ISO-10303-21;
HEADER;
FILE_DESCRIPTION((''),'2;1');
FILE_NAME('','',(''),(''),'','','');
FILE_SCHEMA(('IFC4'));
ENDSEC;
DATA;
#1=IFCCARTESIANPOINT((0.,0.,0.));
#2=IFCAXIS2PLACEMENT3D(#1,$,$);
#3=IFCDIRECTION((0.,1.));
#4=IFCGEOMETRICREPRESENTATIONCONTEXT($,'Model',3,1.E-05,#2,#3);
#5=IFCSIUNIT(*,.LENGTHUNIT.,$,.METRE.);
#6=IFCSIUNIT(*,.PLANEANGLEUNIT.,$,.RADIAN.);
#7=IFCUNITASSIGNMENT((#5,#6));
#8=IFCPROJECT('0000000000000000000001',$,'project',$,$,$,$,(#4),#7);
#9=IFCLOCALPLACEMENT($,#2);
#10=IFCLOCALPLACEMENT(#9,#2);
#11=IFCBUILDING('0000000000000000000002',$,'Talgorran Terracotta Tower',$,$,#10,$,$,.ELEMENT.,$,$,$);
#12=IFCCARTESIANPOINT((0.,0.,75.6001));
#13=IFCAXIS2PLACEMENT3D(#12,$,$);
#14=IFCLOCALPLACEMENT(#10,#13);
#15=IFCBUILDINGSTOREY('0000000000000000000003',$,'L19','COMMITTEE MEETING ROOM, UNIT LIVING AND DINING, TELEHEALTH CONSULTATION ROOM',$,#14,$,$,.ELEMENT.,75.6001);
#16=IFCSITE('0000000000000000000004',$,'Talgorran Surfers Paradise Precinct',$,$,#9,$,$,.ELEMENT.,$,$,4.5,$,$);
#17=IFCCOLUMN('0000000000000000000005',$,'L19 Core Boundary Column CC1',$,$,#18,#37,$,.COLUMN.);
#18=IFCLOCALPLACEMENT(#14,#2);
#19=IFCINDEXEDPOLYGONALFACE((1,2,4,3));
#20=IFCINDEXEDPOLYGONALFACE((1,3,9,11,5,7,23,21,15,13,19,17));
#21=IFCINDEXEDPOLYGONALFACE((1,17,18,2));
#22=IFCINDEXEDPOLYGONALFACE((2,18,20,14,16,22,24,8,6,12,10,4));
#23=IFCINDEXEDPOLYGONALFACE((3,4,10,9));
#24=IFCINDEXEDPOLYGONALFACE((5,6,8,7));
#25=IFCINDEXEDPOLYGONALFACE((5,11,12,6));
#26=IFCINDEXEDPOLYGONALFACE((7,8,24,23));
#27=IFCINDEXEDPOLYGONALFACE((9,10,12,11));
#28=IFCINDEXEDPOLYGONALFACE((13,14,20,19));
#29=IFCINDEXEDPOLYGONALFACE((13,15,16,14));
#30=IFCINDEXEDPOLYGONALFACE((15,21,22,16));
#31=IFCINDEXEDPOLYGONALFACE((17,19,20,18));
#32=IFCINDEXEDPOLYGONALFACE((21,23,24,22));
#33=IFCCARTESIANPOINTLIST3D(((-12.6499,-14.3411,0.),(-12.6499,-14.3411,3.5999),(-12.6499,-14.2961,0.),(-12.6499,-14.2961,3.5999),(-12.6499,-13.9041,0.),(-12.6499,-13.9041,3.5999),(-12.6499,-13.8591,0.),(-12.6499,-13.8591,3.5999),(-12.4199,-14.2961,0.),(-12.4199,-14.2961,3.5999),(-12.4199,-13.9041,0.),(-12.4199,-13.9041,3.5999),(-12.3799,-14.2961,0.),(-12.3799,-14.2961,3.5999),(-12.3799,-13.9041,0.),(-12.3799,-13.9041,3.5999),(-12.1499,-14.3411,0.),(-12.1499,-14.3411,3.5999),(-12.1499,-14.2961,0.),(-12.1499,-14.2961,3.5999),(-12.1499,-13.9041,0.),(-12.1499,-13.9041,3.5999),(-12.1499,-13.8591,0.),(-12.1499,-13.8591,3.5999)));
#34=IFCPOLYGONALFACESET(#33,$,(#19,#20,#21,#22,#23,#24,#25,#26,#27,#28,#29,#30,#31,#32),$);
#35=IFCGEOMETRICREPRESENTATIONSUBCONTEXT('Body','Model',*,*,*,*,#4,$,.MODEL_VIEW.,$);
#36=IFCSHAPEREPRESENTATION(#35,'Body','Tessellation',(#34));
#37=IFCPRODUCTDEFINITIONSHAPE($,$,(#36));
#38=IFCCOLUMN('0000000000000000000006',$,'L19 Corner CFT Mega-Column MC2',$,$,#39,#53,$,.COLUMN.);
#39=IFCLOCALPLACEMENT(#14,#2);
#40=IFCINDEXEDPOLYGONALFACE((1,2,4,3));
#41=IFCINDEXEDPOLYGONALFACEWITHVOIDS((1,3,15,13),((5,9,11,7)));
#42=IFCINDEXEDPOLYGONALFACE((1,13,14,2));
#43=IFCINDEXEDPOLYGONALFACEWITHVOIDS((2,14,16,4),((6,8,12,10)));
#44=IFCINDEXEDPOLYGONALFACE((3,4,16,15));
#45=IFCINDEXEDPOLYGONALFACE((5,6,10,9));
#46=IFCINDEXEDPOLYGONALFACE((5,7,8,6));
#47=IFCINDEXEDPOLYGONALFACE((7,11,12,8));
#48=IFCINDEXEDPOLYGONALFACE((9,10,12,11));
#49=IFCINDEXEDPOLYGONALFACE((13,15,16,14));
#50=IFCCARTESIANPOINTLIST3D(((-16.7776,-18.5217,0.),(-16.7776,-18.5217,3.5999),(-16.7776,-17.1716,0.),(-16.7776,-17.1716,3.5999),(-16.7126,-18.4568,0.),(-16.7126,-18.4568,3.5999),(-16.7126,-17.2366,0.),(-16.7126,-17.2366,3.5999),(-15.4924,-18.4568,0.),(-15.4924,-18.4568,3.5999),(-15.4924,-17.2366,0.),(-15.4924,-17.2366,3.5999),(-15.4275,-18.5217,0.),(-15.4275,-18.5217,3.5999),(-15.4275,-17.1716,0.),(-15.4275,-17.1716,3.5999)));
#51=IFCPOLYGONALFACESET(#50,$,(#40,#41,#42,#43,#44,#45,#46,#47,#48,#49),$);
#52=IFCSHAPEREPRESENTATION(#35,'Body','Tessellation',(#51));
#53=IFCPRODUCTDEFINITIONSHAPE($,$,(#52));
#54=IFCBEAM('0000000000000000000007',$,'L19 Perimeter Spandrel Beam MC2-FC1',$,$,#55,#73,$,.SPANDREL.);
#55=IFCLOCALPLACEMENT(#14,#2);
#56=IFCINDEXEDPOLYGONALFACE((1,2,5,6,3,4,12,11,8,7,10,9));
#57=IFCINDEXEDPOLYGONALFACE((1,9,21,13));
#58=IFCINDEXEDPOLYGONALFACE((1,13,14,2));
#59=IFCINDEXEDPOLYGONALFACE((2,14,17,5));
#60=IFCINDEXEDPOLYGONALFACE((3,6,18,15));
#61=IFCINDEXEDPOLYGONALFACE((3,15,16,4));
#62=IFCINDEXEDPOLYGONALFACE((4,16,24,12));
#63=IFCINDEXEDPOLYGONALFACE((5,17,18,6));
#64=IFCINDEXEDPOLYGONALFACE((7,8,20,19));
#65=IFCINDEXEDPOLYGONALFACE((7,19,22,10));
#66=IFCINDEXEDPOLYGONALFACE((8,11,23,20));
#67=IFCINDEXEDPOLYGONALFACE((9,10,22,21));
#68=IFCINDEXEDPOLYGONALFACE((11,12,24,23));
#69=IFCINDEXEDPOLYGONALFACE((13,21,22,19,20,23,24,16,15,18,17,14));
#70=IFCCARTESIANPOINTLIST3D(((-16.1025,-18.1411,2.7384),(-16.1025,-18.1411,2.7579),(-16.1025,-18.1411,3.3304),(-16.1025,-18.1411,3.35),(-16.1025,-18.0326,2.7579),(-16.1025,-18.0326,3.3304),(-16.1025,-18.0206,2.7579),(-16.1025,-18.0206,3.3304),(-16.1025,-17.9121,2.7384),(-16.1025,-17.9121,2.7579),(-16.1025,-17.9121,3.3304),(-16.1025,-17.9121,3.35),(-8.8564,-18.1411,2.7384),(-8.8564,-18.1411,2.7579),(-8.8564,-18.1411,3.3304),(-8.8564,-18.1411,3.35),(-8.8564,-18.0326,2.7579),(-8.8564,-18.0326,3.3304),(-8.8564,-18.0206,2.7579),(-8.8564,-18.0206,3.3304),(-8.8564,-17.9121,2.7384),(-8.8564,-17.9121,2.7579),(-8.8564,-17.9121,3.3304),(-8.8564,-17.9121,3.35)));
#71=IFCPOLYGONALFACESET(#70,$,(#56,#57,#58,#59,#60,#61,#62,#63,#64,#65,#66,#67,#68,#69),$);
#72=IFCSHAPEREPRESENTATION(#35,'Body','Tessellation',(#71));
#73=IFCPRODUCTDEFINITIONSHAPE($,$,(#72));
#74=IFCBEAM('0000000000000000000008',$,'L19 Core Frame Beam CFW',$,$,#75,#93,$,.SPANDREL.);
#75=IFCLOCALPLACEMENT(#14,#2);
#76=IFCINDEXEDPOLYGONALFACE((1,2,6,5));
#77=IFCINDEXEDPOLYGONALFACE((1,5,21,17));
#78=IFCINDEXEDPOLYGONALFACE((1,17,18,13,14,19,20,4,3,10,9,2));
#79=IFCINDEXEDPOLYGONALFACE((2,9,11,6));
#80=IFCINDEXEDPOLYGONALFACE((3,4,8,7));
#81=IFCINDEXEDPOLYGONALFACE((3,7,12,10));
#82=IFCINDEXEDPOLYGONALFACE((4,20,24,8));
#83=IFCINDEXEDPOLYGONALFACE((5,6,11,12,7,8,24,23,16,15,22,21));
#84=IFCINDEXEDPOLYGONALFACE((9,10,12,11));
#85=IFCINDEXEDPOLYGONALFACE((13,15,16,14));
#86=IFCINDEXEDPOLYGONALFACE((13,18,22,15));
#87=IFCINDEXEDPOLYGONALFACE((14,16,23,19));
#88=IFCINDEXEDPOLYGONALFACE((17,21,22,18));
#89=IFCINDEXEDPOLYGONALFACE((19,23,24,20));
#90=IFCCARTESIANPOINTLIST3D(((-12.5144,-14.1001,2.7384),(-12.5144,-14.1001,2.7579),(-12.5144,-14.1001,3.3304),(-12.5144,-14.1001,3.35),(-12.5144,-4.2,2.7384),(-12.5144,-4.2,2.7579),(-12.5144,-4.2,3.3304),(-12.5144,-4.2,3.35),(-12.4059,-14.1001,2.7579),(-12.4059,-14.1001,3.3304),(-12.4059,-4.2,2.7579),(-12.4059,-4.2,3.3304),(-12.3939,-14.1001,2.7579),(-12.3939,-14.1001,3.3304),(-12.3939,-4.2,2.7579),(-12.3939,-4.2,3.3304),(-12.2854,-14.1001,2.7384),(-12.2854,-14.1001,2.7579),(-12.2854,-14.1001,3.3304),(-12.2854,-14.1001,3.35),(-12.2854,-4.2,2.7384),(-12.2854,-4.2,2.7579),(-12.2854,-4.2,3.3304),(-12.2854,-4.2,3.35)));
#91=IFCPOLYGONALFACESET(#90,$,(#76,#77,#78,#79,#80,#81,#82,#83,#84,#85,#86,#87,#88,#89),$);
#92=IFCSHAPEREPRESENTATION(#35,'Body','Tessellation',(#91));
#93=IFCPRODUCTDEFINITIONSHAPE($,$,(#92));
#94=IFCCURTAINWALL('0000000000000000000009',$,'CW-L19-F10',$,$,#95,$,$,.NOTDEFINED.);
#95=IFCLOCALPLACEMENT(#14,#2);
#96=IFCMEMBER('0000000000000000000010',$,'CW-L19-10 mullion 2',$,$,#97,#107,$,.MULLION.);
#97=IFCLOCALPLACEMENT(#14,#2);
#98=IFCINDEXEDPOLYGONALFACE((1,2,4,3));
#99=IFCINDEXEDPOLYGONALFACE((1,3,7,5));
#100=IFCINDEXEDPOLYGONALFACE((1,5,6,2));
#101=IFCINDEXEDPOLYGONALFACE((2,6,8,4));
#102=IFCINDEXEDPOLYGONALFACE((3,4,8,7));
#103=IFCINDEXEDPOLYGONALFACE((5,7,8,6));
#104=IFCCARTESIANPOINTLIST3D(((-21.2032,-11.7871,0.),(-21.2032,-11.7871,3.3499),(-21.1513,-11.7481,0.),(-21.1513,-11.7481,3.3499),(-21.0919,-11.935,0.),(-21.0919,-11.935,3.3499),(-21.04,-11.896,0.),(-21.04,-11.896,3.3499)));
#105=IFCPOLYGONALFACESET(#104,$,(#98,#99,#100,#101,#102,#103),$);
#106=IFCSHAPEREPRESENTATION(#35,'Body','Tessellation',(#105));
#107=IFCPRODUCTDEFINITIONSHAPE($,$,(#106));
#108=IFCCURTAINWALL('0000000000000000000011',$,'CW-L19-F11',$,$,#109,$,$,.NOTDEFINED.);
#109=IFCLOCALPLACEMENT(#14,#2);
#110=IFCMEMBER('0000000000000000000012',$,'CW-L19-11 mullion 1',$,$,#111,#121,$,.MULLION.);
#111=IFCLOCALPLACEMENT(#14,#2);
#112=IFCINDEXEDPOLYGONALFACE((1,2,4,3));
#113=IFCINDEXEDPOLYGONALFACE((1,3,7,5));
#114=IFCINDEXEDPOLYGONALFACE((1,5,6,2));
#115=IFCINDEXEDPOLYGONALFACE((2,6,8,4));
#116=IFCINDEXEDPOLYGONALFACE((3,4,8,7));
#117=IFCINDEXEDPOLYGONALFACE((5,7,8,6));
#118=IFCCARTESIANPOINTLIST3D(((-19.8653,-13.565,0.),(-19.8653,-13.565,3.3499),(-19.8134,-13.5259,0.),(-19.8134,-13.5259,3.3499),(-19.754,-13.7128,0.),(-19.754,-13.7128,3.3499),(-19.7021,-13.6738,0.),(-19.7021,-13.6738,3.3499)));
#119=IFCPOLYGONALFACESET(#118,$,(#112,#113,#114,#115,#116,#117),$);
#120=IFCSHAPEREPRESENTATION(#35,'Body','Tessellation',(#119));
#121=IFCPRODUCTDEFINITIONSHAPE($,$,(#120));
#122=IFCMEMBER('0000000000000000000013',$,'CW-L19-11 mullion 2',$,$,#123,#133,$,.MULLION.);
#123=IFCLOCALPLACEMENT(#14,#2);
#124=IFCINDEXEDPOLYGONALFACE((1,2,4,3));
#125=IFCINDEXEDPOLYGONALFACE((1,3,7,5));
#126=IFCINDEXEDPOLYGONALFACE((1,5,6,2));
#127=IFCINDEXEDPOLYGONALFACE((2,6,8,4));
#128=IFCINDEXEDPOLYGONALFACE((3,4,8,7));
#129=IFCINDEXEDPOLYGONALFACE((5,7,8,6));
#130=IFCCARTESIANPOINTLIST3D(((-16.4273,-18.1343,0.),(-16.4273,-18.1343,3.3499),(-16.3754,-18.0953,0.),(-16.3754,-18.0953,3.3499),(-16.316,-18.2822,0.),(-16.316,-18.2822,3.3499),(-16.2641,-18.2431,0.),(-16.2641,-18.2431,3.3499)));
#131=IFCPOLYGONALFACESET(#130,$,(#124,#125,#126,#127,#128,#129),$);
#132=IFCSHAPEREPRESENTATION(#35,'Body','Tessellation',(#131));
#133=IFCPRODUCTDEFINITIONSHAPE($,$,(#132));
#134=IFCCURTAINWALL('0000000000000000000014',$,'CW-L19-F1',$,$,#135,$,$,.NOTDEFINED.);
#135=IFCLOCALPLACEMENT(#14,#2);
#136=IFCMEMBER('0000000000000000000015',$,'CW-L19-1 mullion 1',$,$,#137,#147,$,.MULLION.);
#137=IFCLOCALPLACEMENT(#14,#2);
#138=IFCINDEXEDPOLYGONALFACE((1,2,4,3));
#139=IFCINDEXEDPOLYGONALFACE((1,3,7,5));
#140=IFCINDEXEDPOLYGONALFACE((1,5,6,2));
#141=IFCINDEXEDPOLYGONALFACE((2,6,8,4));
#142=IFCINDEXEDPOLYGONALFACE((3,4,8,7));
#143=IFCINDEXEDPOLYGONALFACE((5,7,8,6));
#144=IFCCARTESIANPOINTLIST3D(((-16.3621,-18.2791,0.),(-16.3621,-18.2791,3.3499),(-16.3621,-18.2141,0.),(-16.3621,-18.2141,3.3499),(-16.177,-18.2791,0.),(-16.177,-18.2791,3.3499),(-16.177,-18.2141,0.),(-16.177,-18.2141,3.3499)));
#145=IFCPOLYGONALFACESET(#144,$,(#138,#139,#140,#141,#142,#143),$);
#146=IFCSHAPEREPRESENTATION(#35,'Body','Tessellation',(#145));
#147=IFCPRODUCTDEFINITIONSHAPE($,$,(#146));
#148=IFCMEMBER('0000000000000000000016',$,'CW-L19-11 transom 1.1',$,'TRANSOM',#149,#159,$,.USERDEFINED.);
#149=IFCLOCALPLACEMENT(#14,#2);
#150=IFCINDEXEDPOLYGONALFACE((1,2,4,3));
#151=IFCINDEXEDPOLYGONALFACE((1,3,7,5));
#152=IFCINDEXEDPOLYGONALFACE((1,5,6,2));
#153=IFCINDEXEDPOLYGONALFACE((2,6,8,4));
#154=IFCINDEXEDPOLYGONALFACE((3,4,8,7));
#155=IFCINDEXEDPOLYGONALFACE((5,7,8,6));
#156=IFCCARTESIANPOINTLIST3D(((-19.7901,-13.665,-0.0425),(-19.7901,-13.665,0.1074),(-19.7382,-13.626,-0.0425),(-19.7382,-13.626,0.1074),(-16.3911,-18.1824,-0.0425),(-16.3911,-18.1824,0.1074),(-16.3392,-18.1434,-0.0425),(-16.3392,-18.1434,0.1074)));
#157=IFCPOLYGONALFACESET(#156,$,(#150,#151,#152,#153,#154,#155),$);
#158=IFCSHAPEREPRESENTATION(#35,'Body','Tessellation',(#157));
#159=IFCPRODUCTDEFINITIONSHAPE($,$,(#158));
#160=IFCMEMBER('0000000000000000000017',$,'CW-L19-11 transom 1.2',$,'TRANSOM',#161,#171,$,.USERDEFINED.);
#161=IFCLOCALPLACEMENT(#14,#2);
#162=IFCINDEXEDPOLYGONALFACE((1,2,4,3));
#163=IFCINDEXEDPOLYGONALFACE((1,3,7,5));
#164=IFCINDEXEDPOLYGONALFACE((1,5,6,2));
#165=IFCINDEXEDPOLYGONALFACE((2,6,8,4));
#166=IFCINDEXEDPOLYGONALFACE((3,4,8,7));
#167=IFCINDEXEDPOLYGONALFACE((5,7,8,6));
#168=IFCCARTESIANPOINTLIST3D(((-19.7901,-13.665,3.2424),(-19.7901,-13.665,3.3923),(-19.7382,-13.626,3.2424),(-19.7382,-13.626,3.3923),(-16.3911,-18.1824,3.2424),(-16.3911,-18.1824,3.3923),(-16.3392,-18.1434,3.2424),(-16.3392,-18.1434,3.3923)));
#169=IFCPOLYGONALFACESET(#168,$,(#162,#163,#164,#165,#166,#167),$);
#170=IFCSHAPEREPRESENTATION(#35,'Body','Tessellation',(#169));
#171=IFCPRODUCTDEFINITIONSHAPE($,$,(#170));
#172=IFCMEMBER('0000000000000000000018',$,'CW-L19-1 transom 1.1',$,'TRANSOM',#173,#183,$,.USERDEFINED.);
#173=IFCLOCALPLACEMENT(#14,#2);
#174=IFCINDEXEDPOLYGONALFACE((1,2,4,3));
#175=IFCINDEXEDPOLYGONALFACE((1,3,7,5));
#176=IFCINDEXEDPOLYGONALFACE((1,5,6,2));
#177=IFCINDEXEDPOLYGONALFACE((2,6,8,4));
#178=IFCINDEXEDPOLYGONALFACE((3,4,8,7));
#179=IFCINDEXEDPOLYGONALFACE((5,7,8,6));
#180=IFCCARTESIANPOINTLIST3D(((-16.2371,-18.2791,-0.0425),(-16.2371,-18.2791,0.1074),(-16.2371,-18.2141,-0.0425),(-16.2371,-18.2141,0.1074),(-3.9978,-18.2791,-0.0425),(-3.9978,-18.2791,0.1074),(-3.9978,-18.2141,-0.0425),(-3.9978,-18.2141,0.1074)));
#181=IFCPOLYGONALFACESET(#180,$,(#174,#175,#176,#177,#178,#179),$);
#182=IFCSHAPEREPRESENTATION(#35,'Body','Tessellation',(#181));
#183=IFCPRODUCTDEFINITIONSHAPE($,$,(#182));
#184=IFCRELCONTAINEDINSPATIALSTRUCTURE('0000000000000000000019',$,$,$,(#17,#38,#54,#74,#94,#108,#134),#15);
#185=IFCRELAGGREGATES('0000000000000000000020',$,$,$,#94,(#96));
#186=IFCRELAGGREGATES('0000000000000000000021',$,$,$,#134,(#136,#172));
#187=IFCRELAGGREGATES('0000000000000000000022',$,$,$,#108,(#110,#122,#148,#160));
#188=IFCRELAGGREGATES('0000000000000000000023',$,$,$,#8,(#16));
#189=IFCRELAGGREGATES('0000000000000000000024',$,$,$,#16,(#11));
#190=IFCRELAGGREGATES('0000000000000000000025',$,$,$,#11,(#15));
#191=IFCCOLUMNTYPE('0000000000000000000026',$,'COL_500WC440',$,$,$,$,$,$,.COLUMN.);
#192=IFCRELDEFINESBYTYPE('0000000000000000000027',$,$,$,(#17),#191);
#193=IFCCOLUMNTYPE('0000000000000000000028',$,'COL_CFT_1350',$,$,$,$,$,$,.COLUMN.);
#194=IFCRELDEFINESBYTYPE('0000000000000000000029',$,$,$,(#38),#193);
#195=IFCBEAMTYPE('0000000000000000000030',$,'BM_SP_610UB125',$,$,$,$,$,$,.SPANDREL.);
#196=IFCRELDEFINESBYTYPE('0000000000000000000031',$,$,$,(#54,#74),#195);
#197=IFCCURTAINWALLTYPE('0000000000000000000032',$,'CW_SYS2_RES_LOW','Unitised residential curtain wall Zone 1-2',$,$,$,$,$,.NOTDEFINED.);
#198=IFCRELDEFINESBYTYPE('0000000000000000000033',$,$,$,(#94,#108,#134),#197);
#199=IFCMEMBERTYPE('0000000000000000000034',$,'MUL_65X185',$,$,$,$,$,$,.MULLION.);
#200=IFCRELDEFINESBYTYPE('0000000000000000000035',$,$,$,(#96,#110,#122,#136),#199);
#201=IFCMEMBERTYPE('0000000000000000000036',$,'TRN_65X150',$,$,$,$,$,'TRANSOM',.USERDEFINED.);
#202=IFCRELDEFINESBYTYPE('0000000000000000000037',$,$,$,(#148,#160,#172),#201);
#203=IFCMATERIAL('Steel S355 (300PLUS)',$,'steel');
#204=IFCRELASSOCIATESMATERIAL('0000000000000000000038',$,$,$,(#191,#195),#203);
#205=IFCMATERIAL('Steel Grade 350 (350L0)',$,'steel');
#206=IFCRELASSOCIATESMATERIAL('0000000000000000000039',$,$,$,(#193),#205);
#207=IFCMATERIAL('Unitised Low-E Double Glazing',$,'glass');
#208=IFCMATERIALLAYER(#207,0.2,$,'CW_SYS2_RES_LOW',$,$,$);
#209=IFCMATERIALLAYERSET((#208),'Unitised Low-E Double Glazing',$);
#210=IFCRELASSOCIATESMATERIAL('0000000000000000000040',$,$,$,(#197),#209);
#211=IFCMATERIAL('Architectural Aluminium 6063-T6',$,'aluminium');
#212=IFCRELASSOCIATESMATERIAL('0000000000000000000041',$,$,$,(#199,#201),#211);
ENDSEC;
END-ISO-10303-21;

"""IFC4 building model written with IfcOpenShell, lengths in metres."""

from ifc_helpers import new_model, si_unit, direction, frame, origin, origin_2d, place, context, subcontext, project, spatial, rectangle, hollow_rectangle, i_section, extrude, material, layer, layer_set, material_profile, profile_set, type_object, element, aggregate, save


model = new_model("IFC4")

# Units and contexts
model_context = context("Model", 3, precision=1e-05, world=origin(), true_north=direction((0.0, 1.0)))
body_context = subcontext(model_context, "Body", "Model", "MODEL_VIEW")
ifc_project = project(units=[si_unit("LENGTHUNIT", "METRE"), si_unit("PLANEANGLEUNIT", "RADIAN")], contexts=[model_context])

# Site, building, storey
site_placement = place(None, origin())
site = spatial("IfcSite", under=ifc_project, at=site_placement, Name="Talgorran Surfers Paradise Precinct", CompositionType="ELEMENT", RefElevation=4.5)
building_placement = place(site_placement, origin())
building = spatial("IfcBuilding", under=site, at=building_placement, Name="Talgorran Terracotta Tower", CompositionType="ELEMENT")
storey_placement = place(building_placement, frame((0.0, 0.0, 75.6001)))
storey = spatial("IfcBuildingStorey", under=building, at=storey_placement, Name="L19", Description="COMMITTEE MEETING ROOM, UNIT LIVING AND DINING, TELEHEALTH CONSULTATION ROOM", CompositionType="ELEMENT", Elevation=75.6001)

# Columns
ifc_material_1 = material(Name="Steel S355 (300PLUS)", Category="steel")
ifc_material_profile_1 = material_profile(ifc_material_1, i_section(OverallWidth=0.5, OverallDepth=0.4819, WebThickness=0.04, FlangeThickness=0.0449, at=origin_2d()), Name="500WC440")
ifc_profile_set_1 = profile_set([ifc_material_profile_1], Name="Steel S355 (300PLUS)")
column_type_1 = type_object("IfcColumnType", Name="COL_500WC440", PredefinedType="COLUMN", material=ifc_profile_set_1)
column_1_placement = place(storey_placement, frame((-12.3999, -14.1001, 0.0), z_axis=(0.0, 0.0, 1.0), x_axis=(1.0, 0.0, 0.0)))
element("IfcColumn", 1, at=column_1_placement, inside=storey, type_object=column_type_1, Name="L19 Core Boundary Column CC1", PredefinedType="COLUMN", context=body_context, shape_type="SweptSolid", body=[
    extrude(i_section(OverallWidth=0.5, OverallDepth=0.4819, WebThickness=0.04, FlangeThickness=0.0449, at=origin_2d()), origin(), (0.0, 0.0, 1.0), 3.5999),
])
ifc_material_2 = material(Name="Steel Grade 350 (350L0)", Category="steel")
ifc_material_profile_2 = material_profile(ifc_material_2, hollow_rectangle(XDim=1.3501, YDim=1.3501, WallThickness=0.0649, at=origin_2d()), Name="CFT1350X1350X65")
ifc_profile_set_2 = profile_set([ifc_material_profile_2], Name="Steel Grade 350 (350L0)")
column_type_2 = type_object("IfcColumnType", Name="COL_CFT_1350", PredefinedType="COLUMN", material=ifc_profile_set_2)
column_2_placement = place(storey_placement, frame((-16.1025, -17.8467, 0.0), z_axis=(0.0, 0.0, 1.0), x_axis=(1.0, 0.0, 0.0)))
element("IfcColumn", 2, at=column_2_placement, inside=storey, type_object=column_type_2, Name="L19 Corner CFT Mega-Column MC2", PredefinedType="COLUMN", context=body_context, shape_type="SweptSolid", body=[
    extrude(hollow_rectangle(XDim=1.3501, YDim=1.3501, WallThickness=0.0649, at=origin_2d()), origin(), (0.0, 0.0, 1.0), 3.5999),
])

# Beams
ifc_material_profile_3 = material_profile(ifc_material_1, i_section(OverallWidth=0.229, OverallDepth=0.6116, WebThickness=0.012, FlangeThickness=0.0195, at=origin_2d()), Name="610UB125")
ifc_profile_set_3 = profile_set([ifc_material_profile_3], Name="Steel S355 (300PLUS)")
beam_type = type_object("IfcBeamType", Name="BM_SP_610UB125", PredefinedType="SPANDREL", material=ifc_profile_set_3)
beam_1_placement = place(storey_placement, frame((-16.1025, -18.0266, 3.0442), z_axis=(1.0, 0.0, 0.0), x_axis=(0.0, 1.0, 0.0)))
element("IfcBeam", 3, at=beam_1_placement, inside=storey, type_object=beam_type, Name="L19 Perimeter Spandrel Beam MC2-FC1", PredefinedType="SPANDREL", context=body_context, shape_type="SweptSolid", body=[
    extrude(i_section(OverallWidth=0.229, OverallDepth=0.6116, WebThickness=0.012, FlangeThickness=0.0195, at=origin_2d()), origin(), (0.0, 0.0, 1.0), 7.2461),
])
beam_2_placement = place(storey_placement, frame((-12.3999, -14.1001, 3.0442), z_axis=(0.0, 1.0, 0.0), x_axis=(-1.0, 0.0, 0.0)))
element("IfcBeam", 4, at=beam_2_placement, inside=storey, type_object=beam_type, Name="L19 Core Frame Beam CFW", PredefinedType="SPANDREL", context=body_context, shape_type="SweptSolid", body=[
    extrude(i_section(OverallWidth=0.229, OverallDepth=0.6116, WebThickness=0.012, FlangeThickness=0.0195, at=origin_2d()), origin(), (0.0, 0.0, 1.0), 9.9001),
])

# Curtain wall, member
ifc_material_3 = material(Name="Unitised Low-E Double Glazing", Category="glass")
ifc_layer_1 = layer(ifc_material_3, 0.2, Name="CW_SYS2_RES_LOW")
ifc_layer_set_1 = layer_set([ifc_layer_1], Name="Unitised Low-E Double Glazing")
curtain_wall_type = type_object("IfcCurtainWallType", Name="CW_SYS2_RES_LOW", Description="Unitised residential curtain wall Zone 1-2", PredefinedType="NOTDEFINED", material=ifc_layer_set_1)
curtain_wall_1_placement = place(storey_placement, origin())
curtain_wall_1 = element("IfcCurtainWall", 5, at=curtain_wall_1_placement, inside=storey, type_object=curtain_wall_type, Name="CW-L19-F10", PredefinedType="NOTDEFINED")
ifc_material_4 = material(Name="Architectural Aluminium 6063-T6", Category="aluminium")
ifc_material_profile_4 = material_profile(ifc_material_4, rectangle(XDim=0.0649, YDim=0.1851, at=origin_2d()), Name="CWM65X185")
ifc_profile_set_4 = profile_set([ifc_material_profile_4], Name="Architectural Aluminium 6063-T6")
member_type_1 = type_object("IfcMemberType", Name="MUL_65X185", PredefinedType="MULLION", material=ifc_profile_set_4)
member_1_placement = place(storey_placement, frame((-21.1216, -11.8416, 0.0), z_axis=(0.0, 0.0, 1.0), x_axis=(0.799056, 0.601256, 0.0)))
member_1 = element("IfcMember", 6, at=member_1_placement, type_object=member_type_1, Name="CW-L19-10 mullion 2", PredefinedType="MULLION", context=body_context, shape_type="SweptSolid", body=[
    extrude(rectangle(XDim=0.0649, YDim=0.1851, at=origin_2d()), origin(), (0.0, 0.0, 1.0), 3.3499),
])
aggregate(curtain_wall_1, [member_1])

# Curtain wall, members
curtain_wall_2_placement = place(storey_placement, origin())
curtain_wall_2 = element("IfcCurtainWall", 7, at=curtain_wall_2_placement, inside=storey, type_object=curtain_wall_type, Name="CW-L19-F11", PredefinedType="NOTDEFINED")
member_2_placement = place(storey_placement, frame((-19.7837, -13.6194, 0.0), z_axis=(0.0, 0.0, 1.0), x_axis=(0.799061, 0.60125, 0.0)))
member_2 = element("IfcMember", 8, at=member_2_placement, type_object=member_type_1, Name="CW-L19-11 mullion 1", PredefinedType="MULLION", context=body_context, shape_type="SweptSolid", body=[
    extrude(rectangle(XDim=0.0649, YDim=0.1851, at=origin_2d()), origin(), (0.0, 0.0, 1.0), 3.3499),
])
member_3_placement = place(storey_placement, frame((-16.3457, -18.1887, 0.0), z_axis=(0.0, 0.0, 1.0), x_axis=(0.799061, 0.60125, 0.0)))
member_3 = element("IfcMember", 9, at=member_3_placement, type_object=member_type_1, Name="CW-L19-11 mullion 2", PredefinedType="MULLION", context=body_context, shape_type="SweptSolid", body=[
    extrude(rectangle(XDim=0.0649, YDim=0.1851, at=origin_2d()), origin(), (0.0, 0.0, 1.0), 3.3499),
])

# Curtain wall, member
curtain_wall_3_placement = place(storey_placement, origin())
curtain_wall_3 = element("IfcCurtainWall", 10, at=curtain_wall_3_placement, inside=storey, type_object=curtain_wall_type, Name="CW-L19-F1", PredefinedType="NOTDEFINED")
member_4_placement = place(storey_placement, frame((-16.2695, -18.2466, 0.0), z_axis=(0.0, 0.0, 1.0), x_axis=(0.0, 1.0, 0.0)))
member_4 = element("IfcMember", 11, at=member_4_placement, type_object=member_type_1, Name="CW-L19-1 mullion 1", PredefinedType="MULLION", context=body_context, shape_type="SweptSolid", body=[
    extrude(rectangle(XDim=0.0649, YDim=0.1851, at=origin_2d()), origin(), (0.0, 0.0, 1.0), 3.3499),
])

# Members
ifc_material_profile_5 = material_profile(ifc_material_4, rectangle(XDim=0.0649, YDim=0.1499, at=origin_2d()), Name="CWT65X150")
ifc_profile_set_5 = profile_set([ifc_material_profile_5], Name="Architectural Aluminium 6063-T6")
member_type_2 = type_object("IfcMemberType", Name="TRN_65X150", ElementType="TRANSOM", PredefinedType="USERDEFINED", material=ifc_profile_set_5)
member_5_placement = place(storey_placement, frame((-19.7642, -13.6455, 0.0325), z_axis=(0.601236, -0.799071, 0.0), x_axis=(0.799071, 0.601236, 0.0)))
member_5 = element("IfcMember", 12, at=member_5_placement, type_object=member_type_2, Name="CW-L19-11 transom 1.1", ObjectType="TRANSOM", PredefinedType="USERDEFINED", context=body_context, shape_type="SweptSolid", body=[
    extrude(rectangle(XDim=0.0649, YDim=0.1499, at=origin_2d()), origin(), (0.0, 0.0, 1.0), 5.6533),
])
member_6_placement = place(storey_placement, frame((-19.7642, -13.6455, 3.3174), z_axis=(0.601236, -0.799071, 0.0), x_axis=(0.799071, 0.601236, 0.0)))
member_6 = element("IfcMember", 13, at=member_6_placement, type_object=member_type_2, Name="CW-L19-11 transom 1.2", ObjectType="TRANSOM", PredefinedType="USERDEFINED", context=body_context, shape_type="SweptSolid", body=[
    extrude(rectangle(XDim=0.0649, YDim=0.1499, at=origin_2d()), origin(), (0.0, 0.0, 1.0), 5.6533),
])
member_7_placement = place(storey_placement, frame((-16.2371, -18.2466, 0.0325), z_axis=(1.0, 0.0, 0.0), x_axis=(0.0, 1.0, 0.0)))
member_7 = element("IfcMember", 14, at=member_7_placement, type_object=member_type_2, Name="CW-L19-1 transom 1.1", ObjectType="TRANSOM", PredefinedType="USERDEFINED", context=body_context, shape_type="SweptSolid", body=[
    extrude(rectangle(XDim=0.0649, YDim=0.1499, at=origin_2d()), origin(), (0.0, 0.0, 1.0), 12.2393),
])
aggregate(curtain_wall_3, [member_4, member_7])

aggregate(curtain_wall_2, [member_2, member_3, member_5, member_6])

save(model, "model.ifc")
